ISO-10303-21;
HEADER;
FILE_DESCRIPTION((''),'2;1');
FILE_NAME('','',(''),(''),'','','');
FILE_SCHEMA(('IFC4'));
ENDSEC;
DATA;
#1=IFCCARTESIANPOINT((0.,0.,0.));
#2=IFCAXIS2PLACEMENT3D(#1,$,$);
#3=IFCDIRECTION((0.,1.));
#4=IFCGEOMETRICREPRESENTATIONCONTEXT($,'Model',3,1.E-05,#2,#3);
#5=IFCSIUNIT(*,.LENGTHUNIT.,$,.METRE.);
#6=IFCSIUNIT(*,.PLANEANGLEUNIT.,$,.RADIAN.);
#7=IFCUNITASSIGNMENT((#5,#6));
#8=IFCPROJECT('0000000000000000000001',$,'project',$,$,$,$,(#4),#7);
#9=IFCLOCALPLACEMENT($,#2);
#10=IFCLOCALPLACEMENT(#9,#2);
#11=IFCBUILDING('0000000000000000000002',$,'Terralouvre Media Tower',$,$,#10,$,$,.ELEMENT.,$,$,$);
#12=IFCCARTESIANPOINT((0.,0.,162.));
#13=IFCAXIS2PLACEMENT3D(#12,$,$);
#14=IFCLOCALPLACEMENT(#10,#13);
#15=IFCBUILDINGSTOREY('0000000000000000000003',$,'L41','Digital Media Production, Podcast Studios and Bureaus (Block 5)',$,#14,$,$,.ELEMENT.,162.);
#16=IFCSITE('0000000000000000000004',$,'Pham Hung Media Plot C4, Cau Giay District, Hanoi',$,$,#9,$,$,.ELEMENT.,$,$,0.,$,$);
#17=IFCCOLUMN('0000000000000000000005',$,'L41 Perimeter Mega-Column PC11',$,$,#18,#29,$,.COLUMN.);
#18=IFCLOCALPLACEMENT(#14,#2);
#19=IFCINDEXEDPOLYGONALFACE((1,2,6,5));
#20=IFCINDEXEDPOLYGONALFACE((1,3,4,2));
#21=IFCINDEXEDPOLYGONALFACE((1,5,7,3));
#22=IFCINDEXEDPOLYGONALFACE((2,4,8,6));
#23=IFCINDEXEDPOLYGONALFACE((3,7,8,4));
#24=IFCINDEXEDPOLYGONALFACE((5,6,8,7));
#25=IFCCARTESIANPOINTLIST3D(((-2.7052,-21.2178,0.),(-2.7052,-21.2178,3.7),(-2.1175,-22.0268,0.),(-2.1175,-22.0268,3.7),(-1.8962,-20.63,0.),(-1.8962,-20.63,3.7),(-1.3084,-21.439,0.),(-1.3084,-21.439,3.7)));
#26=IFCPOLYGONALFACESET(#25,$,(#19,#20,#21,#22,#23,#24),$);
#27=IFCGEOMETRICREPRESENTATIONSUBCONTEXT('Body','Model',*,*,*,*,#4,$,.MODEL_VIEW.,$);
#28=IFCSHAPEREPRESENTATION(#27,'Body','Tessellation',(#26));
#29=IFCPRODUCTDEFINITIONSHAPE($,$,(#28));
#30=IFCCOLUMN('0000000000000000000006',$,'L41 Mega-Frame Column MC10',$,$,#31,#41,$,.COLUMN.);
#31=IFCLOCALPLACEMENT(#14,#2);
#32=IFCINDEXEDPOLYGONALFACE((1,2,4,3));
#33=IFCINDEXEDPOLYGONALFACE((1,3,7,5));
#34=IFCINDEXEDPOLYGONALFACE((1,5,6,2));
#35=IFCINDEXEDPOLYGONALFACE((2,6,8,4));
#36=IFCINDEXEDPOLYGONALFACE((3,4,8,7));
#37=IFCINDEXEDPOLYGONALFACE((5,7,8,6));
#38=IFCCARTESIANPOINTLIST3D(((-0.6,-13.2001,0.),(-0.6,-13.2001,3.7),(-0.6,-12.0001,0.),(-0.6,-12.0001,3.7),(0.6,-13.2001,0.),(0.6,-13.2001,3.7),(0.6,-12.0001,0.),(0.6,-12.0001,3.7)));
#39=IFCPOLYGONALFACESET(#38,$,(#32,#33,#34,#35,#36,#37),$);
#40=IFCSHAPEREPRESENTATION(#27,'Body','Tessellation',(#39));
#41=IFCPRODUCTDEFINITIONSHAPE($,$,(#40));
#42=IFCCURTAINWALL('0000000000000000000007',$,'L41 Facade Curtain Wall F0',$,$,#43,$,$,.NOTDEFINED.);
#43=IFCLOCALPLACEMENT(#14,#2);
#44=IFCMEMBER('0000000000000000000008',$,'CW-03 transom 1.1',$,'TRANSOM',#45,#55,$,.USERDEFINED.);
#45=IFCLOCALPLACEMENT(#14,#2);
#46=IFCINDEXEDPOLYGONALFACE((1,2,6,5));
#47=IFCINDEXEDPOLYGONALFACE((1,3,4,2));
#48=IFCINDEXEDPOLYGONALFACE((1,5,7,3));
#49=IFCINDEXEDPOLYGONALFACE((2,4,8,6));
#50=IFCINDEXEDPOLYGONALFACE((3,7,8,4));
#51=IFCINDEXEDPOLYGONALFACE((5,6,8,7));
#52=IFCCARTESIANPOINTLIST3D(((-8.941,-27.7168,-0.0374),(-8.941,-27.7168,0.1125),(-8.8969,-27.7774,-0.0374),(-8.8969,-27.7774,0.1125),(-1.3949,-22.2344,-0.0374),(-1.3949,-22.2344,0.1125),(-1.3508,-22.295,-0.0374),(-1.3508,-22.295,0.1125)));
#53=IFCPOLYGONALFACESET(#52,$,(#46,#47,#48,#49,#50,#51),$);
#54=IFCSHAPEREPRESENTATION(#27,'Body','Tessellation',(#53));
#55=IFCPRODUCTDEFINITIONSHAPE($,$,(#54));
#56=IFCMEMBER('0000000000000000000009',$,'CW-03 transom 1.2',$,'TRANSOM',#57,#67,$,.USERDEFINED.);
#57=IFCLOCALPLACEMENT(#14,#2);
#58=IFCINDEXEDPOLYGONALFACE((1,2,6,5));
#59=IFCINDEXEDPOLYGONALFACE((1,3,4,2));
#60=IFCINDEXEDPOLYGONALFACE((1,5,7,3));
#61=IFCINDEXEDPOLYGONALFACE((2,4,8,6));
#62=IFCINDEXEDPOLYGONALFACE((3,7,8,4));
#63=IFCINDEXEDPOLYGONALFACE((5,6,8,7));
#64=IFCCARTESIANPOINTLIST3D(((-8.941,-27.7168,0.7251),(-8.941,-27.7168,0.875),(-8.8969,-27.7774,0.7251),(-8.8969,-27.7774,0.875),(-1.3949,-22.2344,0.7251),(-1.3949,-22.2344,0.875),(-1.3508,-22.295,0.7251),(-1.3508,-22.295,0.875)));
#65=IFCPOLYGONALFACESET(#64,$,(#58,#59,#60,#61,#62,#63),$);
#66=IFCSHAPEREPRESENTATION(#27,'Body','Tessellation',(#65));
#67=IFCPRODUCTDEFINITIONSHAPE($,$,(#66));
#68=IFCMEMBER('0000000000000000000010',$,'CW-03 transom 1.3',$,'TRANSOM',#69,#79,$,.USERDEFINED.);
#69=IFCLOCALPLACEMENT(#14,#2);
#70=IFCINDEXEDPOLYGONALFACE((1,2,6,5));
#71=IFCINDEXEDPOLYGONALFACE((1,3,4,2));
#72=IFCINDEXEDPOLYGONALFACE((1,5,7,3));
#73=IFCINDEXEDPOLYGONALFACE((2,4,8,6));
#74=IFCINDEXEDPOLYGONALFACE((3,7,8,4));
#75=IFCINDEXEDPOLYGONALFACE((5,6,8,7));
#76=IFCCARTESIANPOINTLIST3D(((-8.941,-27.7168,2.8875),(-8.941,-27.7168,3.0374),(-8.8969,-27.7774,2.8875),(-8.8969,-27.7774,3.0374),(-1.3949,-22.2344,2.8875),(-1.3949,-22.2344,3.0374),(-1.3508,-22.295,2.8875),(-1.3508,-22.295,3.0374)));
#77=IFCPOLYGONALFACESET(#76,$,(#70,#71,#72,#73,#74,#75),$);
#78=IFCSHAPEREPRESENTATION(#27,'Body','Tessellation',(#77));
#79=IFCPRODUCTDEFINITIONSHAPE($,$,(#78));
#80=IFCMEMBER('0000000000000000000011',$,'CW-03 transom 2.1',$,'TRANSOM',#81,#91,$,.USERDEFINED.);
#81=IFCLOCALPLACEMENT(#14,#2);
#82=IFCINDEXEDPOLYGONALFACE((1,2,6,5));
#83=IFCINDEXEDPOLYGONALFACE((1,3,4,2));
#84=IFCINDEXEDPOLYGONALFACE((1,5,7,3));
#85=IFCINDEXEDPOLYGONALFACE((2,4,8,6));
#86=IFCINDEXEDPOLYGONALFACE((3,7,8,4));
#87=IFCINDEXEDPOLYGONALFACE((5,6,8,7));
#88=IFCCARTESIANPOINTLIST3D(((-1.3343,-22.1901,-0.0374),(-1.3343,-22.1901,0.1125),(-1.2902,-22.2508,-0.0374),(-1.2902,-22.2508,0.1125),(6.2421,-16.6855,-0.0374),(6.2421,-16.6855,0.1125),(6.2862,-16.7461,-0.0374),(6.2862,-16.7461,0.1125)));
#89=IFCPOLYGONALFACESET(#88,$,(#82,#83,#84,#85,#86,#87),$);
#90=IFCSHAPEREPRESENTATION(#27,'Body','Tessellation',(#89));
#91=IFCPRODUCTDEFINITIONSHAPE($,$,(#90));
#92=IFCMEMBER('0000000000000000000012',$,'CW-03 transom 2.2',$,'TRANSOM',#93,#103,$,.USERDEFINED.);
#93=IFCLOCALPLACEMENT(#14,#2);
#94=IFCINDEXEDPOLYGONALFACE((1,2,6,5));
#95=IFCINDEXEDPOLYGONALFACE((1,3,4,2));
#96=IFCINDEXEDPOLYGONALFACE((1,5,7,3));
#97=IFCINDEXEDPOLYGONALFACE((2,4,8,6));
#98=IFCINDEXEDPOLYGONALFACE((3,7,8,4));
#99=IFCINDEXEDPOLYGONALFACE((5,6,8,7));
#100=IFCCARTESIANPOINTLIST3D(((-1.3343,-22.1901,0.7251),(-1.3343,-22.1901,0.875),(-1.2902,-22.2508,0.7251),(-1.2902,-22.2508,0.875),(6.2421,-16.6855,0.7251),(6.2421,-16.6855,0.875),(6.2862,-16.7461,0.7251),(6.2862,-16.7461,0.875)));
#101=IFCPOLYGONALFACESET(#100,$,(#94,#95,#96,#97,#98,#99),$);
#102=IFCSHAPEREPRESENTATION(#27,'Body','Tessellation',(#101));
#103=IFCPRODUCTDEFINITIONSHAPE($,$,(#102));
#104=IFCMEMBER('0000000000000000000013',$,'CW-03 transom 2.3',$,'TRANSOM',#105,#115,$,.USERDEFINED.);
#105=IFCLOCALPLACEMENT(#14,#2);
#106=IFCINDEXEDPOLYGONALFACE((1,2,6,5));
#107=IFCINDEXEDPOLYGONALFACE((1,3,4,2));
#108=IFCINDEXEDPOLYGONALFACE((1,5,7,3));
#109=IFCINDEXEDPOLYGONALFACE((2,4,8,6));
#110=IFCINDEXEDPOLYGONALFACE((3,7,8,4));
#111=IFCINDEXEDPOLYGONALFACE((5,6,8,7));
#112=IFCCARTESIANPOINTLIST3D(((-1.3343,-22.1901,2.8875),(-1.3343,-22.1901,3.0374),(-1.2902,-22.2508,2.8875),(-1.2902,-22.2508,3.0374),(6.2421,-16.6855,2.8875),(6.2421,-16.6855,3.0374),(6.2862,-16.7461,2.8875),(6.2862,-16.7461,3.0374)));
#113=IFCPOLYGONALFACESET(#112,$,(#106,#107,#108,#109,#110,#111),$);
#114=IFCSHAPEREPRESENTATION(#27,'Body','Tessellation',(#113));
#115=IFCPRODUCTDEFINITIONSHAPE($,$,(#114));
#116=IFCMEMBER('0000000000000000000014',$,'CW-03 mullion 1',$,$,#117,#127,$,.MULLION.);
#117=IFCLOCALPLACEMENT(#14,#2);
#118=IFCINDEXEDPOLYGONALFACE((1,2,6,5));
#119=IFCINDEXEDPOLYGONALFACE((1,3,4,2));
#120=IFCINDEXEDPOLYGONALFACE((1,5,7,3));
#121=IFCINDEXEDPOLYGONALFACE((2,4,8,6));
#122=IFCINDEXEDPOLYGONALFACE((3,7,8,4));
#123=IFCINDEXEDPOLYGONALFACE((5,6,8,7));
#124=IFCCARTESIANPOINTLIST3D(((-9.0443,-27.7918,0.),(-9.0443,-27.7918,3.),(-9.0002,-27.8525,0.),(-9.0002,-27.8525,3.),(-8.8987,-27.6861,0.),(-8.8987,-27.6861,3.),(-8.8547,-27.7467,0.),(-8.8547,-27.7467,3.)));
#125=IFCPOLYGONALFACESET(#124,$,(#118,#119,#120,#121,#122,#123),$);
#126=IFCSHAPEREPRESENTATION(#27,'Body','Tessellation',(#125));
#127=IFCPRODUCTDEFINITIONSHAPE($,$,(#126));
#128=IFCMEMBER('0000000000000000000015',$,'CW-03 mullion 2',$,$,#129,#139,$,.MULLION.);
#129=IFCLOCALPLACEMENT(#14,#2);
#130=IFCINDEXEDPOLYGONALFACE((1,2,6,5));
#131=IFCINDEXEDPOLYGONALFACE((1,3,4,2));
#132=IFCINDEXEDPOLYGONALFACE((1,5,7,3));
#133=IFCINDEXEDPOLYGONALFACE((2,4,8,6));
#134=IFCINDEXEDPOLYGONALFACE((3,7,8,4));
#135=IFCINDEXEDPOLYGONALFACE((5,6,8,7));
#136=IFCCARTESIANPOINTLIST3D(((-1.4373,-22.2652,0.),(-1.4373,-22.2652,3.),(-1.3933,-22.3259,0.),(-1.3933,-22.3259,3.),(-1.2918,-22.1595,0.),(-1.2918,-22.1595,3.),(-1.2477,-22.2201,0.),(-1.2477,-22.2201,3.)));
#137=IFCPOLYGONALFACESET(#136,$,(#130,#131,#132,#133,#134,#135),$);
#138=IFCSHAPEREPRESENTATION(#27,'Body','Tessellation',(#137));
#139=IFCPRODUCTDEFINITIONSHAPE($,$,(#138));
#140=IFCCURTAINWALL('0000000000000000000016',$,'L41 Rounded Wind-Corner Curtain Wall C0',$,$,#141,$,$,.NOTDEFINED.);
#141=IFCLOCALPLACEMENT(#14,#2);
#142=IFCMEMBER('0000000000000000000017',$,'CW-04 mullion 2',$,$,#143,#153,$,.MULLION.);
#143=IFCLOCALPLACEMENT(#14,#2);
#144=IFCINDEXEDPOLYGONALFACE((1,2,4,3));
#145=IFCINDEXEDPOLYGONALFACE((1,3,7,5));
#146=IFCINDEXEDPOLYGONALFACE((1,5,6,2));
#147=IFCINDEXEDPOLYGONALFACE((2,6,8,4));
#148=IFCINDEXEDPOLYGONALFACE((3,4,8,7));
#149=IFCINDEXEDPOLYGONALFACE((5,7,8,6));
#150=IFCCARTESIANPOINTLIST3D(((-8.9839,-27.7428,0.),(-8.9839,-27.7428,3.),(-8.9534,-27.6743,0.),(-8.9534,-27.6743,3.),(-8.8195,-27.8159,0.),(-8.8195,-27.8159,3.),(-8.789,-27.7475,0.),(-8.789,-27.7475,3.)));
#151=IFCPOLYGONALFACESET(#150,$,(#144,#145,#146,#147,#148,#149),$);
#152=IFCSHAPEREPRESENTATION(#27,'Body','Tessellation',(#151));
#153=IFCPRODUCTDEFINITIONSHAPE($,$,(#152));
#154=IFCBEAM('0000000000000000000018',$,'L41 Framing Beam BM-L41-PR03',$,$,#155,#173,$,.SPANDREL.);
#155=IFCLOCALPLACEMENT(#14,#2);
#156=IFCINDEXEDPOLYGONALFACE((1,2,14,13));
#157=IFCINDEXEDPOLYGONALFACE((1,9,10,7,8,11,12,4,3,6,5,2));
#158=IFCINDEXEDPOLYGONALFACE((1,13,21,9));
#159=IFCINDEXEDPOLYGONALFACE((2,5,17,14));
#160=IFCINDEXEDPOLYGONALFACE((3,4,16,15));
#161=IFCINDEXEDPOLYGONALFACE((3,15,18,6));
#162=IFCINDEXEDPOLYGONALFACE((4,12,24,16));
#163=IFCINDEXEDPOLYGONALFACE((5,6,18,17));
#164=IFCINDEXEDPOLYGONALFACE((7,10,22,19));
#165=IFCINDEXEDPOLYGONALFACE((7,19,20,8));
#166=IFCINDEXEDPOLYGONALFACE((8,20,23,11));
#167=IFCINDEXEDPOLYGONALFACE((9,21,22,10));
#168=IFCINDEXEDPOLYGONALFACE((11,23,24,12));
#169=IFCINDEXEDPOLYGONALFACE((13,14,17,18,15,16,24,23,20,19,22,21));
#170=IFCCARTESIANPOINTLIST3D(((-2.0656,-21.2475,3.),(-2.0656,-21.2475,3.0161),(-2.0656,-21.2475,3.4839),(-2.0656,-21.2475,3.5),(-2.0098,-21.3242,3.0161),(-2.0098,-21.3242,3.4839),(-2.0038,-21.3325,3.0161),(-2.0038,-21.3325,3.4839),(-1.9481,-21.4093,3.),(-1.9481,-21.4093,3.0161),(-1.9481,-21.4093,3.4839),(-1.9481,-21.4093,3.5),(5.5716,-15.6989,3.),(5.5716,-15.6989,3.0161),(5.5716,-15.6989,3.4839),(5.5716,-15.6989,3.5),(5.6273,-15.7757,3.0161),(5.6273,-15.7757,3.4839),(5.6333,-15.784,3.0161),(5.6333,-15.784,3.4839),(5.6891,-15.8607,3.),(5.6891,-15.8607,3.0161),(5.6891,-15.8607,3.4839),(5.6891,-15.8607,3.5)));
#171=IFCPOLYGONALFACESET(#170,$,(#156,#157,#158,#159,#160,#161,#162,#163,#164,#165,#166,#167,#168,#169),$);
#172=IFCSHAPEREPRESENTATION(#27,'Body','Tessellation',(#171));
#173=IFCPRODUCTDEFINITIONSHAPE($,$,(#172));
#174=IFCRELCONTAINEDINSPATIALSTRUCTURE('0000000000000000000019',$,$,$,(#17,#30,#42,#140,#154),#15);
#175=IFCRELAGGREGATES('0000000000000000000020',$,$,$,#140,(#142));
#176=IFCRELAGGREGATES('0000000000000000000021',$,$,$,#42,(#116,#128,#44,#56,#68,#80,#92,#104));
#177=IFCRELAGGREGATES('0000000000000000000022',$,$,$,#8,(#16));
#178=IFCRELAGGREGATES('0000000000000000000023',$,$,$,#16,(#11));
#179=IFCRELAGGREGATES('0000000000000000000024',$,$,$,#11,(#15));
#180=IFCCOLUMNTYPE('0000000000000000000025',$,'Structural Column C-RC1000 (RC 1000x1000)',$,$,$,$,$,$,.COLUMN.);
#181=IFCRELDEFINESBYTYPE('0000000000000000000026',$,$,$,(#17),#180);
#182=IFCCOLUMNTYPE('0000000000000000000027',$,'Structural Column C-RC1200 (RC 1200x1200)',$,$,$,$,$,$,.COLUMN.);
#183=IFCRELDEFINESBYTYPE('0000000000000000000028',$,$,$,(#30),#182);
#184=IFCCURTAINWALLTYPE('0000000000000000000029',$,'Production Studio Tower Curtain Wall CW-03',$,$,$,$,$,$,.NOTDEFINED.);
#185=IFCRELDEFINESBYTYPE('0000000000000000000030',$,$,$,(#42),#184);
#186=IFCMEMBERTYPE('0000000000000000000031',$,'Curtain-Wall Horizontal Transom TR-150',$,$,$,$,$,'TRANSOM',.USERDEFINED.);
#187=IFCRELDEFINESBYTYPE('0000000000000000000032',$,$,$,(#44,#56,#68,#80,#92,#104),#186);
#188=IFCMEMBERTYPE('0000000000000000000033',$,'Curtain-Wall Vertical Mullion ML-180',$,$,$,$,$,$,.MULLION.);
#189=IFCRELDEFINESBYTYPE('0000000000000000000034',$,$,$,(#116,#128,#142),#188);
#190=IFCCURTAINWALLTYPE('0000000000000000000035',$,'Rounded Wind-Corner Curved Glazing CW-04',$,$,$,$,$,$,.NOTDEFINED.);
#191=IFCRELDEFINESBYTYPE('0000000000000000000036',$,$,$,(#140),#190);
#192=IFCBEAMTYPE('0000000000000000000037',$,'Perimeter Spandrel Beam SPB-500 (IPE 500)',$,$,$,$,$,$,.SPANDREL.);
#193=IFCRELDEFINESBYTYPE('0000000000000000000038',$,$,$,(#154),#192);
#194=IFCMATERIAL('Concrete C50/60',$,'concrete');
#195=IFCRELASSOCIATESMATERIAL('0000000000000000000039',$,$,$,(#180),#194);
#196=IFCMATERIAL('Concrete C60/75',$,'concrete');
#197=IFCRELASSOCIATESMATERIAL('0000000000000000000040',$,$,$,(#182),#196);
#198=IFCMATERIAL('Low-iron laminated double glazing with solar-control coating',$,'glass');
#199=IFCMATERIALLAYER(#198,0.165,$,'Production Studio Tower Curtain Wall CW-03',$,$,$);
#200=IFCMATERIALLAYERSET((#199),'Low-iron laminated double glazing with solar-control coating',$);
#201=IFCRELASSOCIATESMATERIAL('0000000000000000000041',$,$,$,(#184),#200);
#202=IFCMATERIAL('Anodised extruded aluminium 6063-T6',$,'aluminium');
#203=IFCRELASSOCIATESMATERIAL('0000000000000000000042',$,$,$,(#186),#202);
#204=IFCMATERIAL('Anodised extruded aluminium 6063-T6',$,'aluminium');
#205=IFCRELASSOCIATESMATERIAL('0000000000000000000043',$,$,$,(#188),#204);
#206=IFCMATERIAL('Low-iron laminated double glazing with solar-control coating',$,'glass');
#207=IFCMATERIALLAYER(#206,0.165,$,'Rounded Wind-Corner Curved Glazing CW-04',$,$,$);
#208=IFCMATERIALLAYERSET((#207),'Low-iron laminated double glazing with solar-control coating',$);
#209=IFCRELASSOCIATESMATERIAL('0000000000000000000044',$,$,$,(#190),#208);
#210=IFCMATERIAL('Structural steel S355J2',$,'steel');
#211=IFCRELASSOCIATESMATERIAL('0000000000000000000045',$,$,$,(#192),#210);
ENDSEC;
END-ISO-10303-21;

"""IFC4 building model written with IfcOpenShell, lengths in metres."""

from ifc_helpers import new_model, si_unit, direction, frame, origin, origin_2d, place, context, subcontext, project, spatial, rectangle, i_section, extrude, material, layer, layer_set, material_profile, profile_set, type_object, element, aggregate, save


model = new_model("IFC4")

# Units and contexts
model_context = context("Model", 3, precision=1e-05, world=origin(), true_north=direction((0.0, 1.0)))
body_context = subcontext(model_context, "Body", "Model", "MODEL_VIEW")
ifc_project = project(units=[si_unit("LENGTHUNIT", "METRE"), si_unit("PLANEANGLEUNIT", "RADIAN")], contexts=[model_context])

# Site, building, storey
site_placement = place(None, origin())
site = spatial("IfcSite", under=ifc_project, at=site_placement, Name="Pham Hung Media Plot C4, Cau Giay District, Hanoi", CompositionType="ELEMENT", RefElevation=0.0)
building_placement = place(site_placement, origin())
building = spatial("IfcBuilding", under=site, at=building_placement, Name="Terralouvre Media Tower", CompositionType="ELEMENT")
storey_placement = place(building_placement, frame((0.0, 0.0, 162.0)))
storey = spatial("IfcBuildingStorey", under=building, at=storey_placement, Name="L41", Description="Digital Media Production, Podcast Studios and Bureaus (Block 5)", CompositionType="ELEMENT", Elevation=162.0)

# Columns
ifc_material_1 = material(Name="Concrete C50/60", Category="concrete")
ifc_material_profile_1 = material_profile(ifc_material_1, rectangle(XDim=1.0, YDim=1.0, at=origin_2d()), Name="RC 1000x1000")
ifc_profile_set_1 = profile_set([ifc_material_profile_1], Name="Concrete C50/60")
column_type_1 = type_object("IfcColumnType", Name="Structural Column C-RC1000 (RC 1000x1000)", PredefinedType="COLUMN", material=ifc_profile_set_1)
column_1_placement = place(storey_placement, frame((-2.0068, -21.3284, 0.0), z_axis=(0.0, 0.0, 1.0), x_axis=(0.809017, 0.587785, 0.0)))
element("IfcColumn", 1, at=column_1_placement, inside=storey, type_object=column_type_1, Name="L41 Perimeter Mega-Column PC11", PredefinedType="COLUMN", context=body_context, shape_type="SweptSolid", body=[
    extrude(rectangle(XDim=1.0, YDim=1.0, at=origin_2d()), origin(), (0.0, 0.0, 1.0), 3.7),
])
ifc_material_2 = material(Name="Concrete C60/75", Category="concrete")
ifc_material_profile_2 = material_profile(ifc_material_2, rectangle(XDim=1.2, YDim=1.2, at=origin_2d()), Name="RC 1200x1200")
ifc_profile_set_2 = profile_set([ifc_material_profile_2], Name="Concrete C60/75")
column_type_2 = type_object("IfcColumnType", Name="Structural Column C-RC1200 (RC 1200x1200)", PredefinedType="COLUMN", material=ifc_profile_set_2)
column_2_placement = place(storey_placement, frame((0.0, -12.6001, 0.0), z_axis=(0.0, 0.0, 1.0), x_axis=(1.0, 0.0, 0.0)))
element("IfcColumn", 2, at=column_2_placement, inside=storey, type_object=column_type_2, Name="L41 Mega-Frame Column MC10", PredefinedType="COLUMN", context=body_context, shape_type="SweptSolid", body=[
    extrude(rectangle(XDim=1.2, YDim=1.2, at=origin_2d()), origin(), (0.0, 0.0, 1.0), 3.7),
])

# Curtain wall, members
ifc_material_3 = material(Name="Low-iron laminated double glazing with solar-control coating", Category="glass")
ifc_layer_1 = layer(ifc_material_3, 0.165, Name="Production Studio Tower Curtain Wall CW-03")
ifc_layer_set_1 = layer_set([ifc_layer_1], Name="Low-iron laminated double glazing with solar-control coating")
curtain_wall_type_1 = type_object("IfcCurtainWallType", Name="Production Studio Tower Curtain Wall CW-03", PredefinedType="NOTDEFINED", material=ifc_layer_set_1)
curtain_wall_1_placement = place(storey_placement, origin())
curtain_wall_1 = element("IfcCurtainWall", 3, at=curtain_wall_1_placement, inside=storey, type_object=curtain_wall_type_1, Name="L41 Facade Curtain Wall F0", PredefinedType="NOTDEFINED")
ifc_material_4 = material(Name="Anodised extruded aluminium 6063-T6", Category="aluminium")
ifc_material_profile_3 = material_profile(ifc_material_4, rectangle(XDim=0.075, YDim=0.1499, at=origin_2d()), Name="ALU 75x150")
ifc_profile_set_3 = profile_set([ifc_material_profile_3], Name="Anodised extruded aluminium 6063-T6")
member_type_1 = type_object("IfcMemberType", Name="Curtain-Wall Horizontal Transom TR-150", ElementType="TRANSOM", PredefinedType="USERDEFINED", material=ifc_profile_set_3)
member_1_placement = place(storey_placement, frame((-8.9189, -27.7471, 0.0376), z_axis=(0.809026, 0.587773, 0.0), x_axis=(-0.587773, 0.809026, 0.0)))
member_1 = element("IfcMember", 4, at=member_1_placement, type_object=member_type_1, Name="CW-03 transom 1.1", ObjectType="TRANSOM", PredefinedType="USERDEFINED", context=body_context, shape_type="SweptSolid", body=[
    extrude(rectangle(XDim=0.075, YDim=0.1499, at=origin_2d()), origin(), (0.0, 0.0, 1.0), 9.3274),
])
member_2_placement = place(storey_placement, frame((-8.9189, -27.7471, 0.8), z_axis=(0.809026, 0.587773, 0.0), x_axis=(-0.587773, 0.809026, 0.0)))
member_2 = element("IfcMember", 5, at=member_2_placement, type_object=member_type_1, Name="CW-03 transom 1.2", ObjectType="TRANSOM", PredefinedType="USERDEFINED", context=body_context, shape_type="SweptSolid", body=[
    extrude(rectangle(XDim=0.075, YDim=0.1499, at=origin_2d()), origin(), (0.0, 0.0, 1.0), 9.3274),
])
member_3_placement = place(storey_placement, frame((-8.9189, -27.7471, 2.9624), z_axis=(0.809026, 0.587773, 0.0), x_axis=(-0.587773, 0.809026, 0.0)))
member_3 = element("IfcMember", 6, at=member_3_placement, type_object=member_type_1, Name="CW-03 transom 1.3", ObjectType="TRANSOM", PredefinedType="USERDEFINED", context=body_context, shape_type="SweptSolid", body=[
    extrude(rectangle(XDim=0.075, YDim=0.1499, at=origin_2d()), origin(), (0.0, 0.0, 1.0), 9.3274),
])
member_4_placement = place(storey_placement, frame((-1.3123, -22.2205, 0.0376), z_axis=(0.809014, 0.587789, 0.0), x_axis=(-0.587789, 0.809014, 0.0)))
member_4 = element("IfcMember", 7, at=member_4_placement, type_object=member_type_1, Name="CW-03 transom 2.1", ObjectType="TRANSOM", PredefinedType="USERDEFINED", context=body_context, shape_type="SweptSolid", body=[
    extrude(rectangle(XDim=0.075, YDim=0.1499, at=origin_2d()), origin(), (0.0, 0.0, 1.0), 9.365),
])
member_5_placement = place(storey_placement, frame((-1.3123, -22.2205, 0.8), z_axis=(0.809014, 0.587789, 0.0), x_axis=(-0.587789, 0.809014, 0.0)))
member_5 = element("IfcMember", 8, at=member_5_placement, type_object=member_type_1, Name="CW-03 transom 2.2", ObjectType="TRANSOM", PredefinedType="USERDEFINED", context=body_context, shape_type="SweptSolid", body=[
    extrude(rectangle(XDim=0.075, YDim=0.1499, at=origin_2d()), origin(), (0.0, 0.0, 1.0), 9.365),
])
member_6_placement = place(storey_placement, frame((-1.3123, -22.2205, 2.9624), z_axis=(0.809014, 0.587789, 0.0), x_axis=(-0.587789, 0.809014, 0.0)))
member_6 = element("IfcMember", 9, at=member_6_placement, type_object=member_type_1, Name="CW-03 transom 2.3", ObjectType="TRANSOM", PredefinedType="USERDEFINED", context=body_context, shape_type="SweptSolid", body=[
    extrude(rectangle(XDim=0.075, YDim=0.1499, at=origin_2d()), origin(), (0.0, 0.0, 1.0), 9.365),
])
ifc_material_5 = material(Name="Anodised extruded aluminium 6063-T6", Category="aluminium")
ifc_material_profile_4 = material_profile(ifc_material_5, rectangle(XDim=0.075, YDim=0.1799, at=origin_2d()), Name="ALU 75x180")
ifc_profile_set_4 = profile_set([ifc_material_profile_4], Name="Anodised extruded aluminium 6063-T6")
member_type_2 = type_object("IfcMemberType", Name="Curtain-Wall Vertical Mullion ML-180", PredefinedType="MULLION", material=ifc_profile_set_4)
member_7_placement = place(storey_placement, frame((-8.9495, -27.7693, 0.0), z_axis=(0.0, 0.0, 1.0), x_axis=(-0.587785, 0.809017, 0.0)))
member_7 = element("IfcMember", 10, at=member_7_placement, type_object=member_type_2, Name="CW-03 mullion 1", PredefinedType="MULLION", context=body_context, shape_type="SweptSolid", body=[
    extrude(rectangle(XDim=0.075, YDim=0.1799, at=origin_2d()), origin(), (0.0, 0.0, 1.0), 3.0),
])
member_8_placement = place(storey_placement, frame((-1.3425, -22.2427, 0.0), z_axis=(0.0, 0.0, 1.0), x_axis=(-0.587785, 0.809017, 0.0)))
member_8 = element("IfcMember", 11, at=member_8_placement, type_object=member_type_2, Name="CW-03 mullion 2", PredefinedType="MULLION", context=body_context, shape_type="SweptSolid", body=[
    extrude(rectangle(XDim=0.075, YDim=0.1799, at=origin_2d()), origin(), (0.0, 0.0, 1.0), 3.0),
])

# Curtain wall, member
ifc_material_6 = material(Name="Low-iron laminated double glazing with solar-control coating", Category="glass")
ifc_layer_2 = layer(ifc_material_6, 0.165, Name="Rounded Wind-Corner Curved Glazing CW-04")
ifc_layer_set_2 = layer_set([ifc_layer_2], Name="Low-iron laminated double glazing with solar-control coating")
curtain_wall_type_2 = type_object("IfcCurtainWallType", Name="Rounded Wind-Corner Curved Glazing CW-04", PredefinedType="NOTDEFINED", material=ifc_layer_set_2)
curtain_wall_2_placement = place(storey_placement, origin())
curtain_wall_2 = element("IfcCurtainWall", 12, at=curtain_wall_2_placement, inside=storey, type_object=curtain_wall_type_2, Name="L41 Rounded Wind-Corner Curtain Wall C0", PredefinedType="NOTDEFINED")
member_9_placement = place(storey_placement, frame((-8.8865, -27.7451, 0.0), z_axis=(0.0, 0.0, 1.0), x_axis=(0.406737, 0.913545, 0.0)))
member_9 = element("IfcMember", 13, at=member_9_placement, type_object=member_type_2, Name="CW-04 mullion 2", PredefinedType="MULLION", context=body_context, shape_type="SweptSolid", body=[
    extrude(rectangle(XDim=0.075, YDim=0.1799, at=origin_2d()), origin(), (0.0, 0.0, 1.0), 3.0),
])
aggregate(curtain_wall_2, [member_9])

# Beam
ifc_material_7 = material(Name="Structural steel S355J2", Category="steel")
ifc_material_profile_5 = material_profile(ifc_material_7, i_section(OverallWidth=0.2, OverallDepth=0.5, WebThickness=0.0103, FlangeThickness=0.0161, at=origin_2d()), Name="IPE 500")
ifc_profile_set_5 = profile_set([ifc_material_profile_5], Name="Structural steel S355J2")
beam_type_1 = type_object("IfcBeamType", Name="Perimeter Spandrel Beam SPB-500 (IPE 500)", PredefinedType="SPANDREL", material=ifc_profile_set_5)
beam_1_placement = place(storey_placement, frame((-2.0068, -21.3284, 3.25), z_axis=(0.809026, 0.587773, 0.0), x_axis=(-0.587773, 0.809026, 0.0)))
element("IfcBeam", 14, at=beam_1_placement, inside=storey, type_object=beam_type_1, Name="L41 Framing Beam BM-L41-PR03", PredefinedType="SPANDREL", context=body_context, shape_type="SweptSolid", body=[
    extrude(i_section(OverallWidth=0.2, OverallDepth=0.5, WebThickness=0.0103, FlangeThickness=0.0161, at=origin_2d()), origin(), (0.0, 0.0, 1.0), 9.4399),
])

aggregate(curtain_wall_1, [member_7, member_8, member_1, member_2, member_3, member_4, member_5, member_6])

save(model, "model.ifc")
